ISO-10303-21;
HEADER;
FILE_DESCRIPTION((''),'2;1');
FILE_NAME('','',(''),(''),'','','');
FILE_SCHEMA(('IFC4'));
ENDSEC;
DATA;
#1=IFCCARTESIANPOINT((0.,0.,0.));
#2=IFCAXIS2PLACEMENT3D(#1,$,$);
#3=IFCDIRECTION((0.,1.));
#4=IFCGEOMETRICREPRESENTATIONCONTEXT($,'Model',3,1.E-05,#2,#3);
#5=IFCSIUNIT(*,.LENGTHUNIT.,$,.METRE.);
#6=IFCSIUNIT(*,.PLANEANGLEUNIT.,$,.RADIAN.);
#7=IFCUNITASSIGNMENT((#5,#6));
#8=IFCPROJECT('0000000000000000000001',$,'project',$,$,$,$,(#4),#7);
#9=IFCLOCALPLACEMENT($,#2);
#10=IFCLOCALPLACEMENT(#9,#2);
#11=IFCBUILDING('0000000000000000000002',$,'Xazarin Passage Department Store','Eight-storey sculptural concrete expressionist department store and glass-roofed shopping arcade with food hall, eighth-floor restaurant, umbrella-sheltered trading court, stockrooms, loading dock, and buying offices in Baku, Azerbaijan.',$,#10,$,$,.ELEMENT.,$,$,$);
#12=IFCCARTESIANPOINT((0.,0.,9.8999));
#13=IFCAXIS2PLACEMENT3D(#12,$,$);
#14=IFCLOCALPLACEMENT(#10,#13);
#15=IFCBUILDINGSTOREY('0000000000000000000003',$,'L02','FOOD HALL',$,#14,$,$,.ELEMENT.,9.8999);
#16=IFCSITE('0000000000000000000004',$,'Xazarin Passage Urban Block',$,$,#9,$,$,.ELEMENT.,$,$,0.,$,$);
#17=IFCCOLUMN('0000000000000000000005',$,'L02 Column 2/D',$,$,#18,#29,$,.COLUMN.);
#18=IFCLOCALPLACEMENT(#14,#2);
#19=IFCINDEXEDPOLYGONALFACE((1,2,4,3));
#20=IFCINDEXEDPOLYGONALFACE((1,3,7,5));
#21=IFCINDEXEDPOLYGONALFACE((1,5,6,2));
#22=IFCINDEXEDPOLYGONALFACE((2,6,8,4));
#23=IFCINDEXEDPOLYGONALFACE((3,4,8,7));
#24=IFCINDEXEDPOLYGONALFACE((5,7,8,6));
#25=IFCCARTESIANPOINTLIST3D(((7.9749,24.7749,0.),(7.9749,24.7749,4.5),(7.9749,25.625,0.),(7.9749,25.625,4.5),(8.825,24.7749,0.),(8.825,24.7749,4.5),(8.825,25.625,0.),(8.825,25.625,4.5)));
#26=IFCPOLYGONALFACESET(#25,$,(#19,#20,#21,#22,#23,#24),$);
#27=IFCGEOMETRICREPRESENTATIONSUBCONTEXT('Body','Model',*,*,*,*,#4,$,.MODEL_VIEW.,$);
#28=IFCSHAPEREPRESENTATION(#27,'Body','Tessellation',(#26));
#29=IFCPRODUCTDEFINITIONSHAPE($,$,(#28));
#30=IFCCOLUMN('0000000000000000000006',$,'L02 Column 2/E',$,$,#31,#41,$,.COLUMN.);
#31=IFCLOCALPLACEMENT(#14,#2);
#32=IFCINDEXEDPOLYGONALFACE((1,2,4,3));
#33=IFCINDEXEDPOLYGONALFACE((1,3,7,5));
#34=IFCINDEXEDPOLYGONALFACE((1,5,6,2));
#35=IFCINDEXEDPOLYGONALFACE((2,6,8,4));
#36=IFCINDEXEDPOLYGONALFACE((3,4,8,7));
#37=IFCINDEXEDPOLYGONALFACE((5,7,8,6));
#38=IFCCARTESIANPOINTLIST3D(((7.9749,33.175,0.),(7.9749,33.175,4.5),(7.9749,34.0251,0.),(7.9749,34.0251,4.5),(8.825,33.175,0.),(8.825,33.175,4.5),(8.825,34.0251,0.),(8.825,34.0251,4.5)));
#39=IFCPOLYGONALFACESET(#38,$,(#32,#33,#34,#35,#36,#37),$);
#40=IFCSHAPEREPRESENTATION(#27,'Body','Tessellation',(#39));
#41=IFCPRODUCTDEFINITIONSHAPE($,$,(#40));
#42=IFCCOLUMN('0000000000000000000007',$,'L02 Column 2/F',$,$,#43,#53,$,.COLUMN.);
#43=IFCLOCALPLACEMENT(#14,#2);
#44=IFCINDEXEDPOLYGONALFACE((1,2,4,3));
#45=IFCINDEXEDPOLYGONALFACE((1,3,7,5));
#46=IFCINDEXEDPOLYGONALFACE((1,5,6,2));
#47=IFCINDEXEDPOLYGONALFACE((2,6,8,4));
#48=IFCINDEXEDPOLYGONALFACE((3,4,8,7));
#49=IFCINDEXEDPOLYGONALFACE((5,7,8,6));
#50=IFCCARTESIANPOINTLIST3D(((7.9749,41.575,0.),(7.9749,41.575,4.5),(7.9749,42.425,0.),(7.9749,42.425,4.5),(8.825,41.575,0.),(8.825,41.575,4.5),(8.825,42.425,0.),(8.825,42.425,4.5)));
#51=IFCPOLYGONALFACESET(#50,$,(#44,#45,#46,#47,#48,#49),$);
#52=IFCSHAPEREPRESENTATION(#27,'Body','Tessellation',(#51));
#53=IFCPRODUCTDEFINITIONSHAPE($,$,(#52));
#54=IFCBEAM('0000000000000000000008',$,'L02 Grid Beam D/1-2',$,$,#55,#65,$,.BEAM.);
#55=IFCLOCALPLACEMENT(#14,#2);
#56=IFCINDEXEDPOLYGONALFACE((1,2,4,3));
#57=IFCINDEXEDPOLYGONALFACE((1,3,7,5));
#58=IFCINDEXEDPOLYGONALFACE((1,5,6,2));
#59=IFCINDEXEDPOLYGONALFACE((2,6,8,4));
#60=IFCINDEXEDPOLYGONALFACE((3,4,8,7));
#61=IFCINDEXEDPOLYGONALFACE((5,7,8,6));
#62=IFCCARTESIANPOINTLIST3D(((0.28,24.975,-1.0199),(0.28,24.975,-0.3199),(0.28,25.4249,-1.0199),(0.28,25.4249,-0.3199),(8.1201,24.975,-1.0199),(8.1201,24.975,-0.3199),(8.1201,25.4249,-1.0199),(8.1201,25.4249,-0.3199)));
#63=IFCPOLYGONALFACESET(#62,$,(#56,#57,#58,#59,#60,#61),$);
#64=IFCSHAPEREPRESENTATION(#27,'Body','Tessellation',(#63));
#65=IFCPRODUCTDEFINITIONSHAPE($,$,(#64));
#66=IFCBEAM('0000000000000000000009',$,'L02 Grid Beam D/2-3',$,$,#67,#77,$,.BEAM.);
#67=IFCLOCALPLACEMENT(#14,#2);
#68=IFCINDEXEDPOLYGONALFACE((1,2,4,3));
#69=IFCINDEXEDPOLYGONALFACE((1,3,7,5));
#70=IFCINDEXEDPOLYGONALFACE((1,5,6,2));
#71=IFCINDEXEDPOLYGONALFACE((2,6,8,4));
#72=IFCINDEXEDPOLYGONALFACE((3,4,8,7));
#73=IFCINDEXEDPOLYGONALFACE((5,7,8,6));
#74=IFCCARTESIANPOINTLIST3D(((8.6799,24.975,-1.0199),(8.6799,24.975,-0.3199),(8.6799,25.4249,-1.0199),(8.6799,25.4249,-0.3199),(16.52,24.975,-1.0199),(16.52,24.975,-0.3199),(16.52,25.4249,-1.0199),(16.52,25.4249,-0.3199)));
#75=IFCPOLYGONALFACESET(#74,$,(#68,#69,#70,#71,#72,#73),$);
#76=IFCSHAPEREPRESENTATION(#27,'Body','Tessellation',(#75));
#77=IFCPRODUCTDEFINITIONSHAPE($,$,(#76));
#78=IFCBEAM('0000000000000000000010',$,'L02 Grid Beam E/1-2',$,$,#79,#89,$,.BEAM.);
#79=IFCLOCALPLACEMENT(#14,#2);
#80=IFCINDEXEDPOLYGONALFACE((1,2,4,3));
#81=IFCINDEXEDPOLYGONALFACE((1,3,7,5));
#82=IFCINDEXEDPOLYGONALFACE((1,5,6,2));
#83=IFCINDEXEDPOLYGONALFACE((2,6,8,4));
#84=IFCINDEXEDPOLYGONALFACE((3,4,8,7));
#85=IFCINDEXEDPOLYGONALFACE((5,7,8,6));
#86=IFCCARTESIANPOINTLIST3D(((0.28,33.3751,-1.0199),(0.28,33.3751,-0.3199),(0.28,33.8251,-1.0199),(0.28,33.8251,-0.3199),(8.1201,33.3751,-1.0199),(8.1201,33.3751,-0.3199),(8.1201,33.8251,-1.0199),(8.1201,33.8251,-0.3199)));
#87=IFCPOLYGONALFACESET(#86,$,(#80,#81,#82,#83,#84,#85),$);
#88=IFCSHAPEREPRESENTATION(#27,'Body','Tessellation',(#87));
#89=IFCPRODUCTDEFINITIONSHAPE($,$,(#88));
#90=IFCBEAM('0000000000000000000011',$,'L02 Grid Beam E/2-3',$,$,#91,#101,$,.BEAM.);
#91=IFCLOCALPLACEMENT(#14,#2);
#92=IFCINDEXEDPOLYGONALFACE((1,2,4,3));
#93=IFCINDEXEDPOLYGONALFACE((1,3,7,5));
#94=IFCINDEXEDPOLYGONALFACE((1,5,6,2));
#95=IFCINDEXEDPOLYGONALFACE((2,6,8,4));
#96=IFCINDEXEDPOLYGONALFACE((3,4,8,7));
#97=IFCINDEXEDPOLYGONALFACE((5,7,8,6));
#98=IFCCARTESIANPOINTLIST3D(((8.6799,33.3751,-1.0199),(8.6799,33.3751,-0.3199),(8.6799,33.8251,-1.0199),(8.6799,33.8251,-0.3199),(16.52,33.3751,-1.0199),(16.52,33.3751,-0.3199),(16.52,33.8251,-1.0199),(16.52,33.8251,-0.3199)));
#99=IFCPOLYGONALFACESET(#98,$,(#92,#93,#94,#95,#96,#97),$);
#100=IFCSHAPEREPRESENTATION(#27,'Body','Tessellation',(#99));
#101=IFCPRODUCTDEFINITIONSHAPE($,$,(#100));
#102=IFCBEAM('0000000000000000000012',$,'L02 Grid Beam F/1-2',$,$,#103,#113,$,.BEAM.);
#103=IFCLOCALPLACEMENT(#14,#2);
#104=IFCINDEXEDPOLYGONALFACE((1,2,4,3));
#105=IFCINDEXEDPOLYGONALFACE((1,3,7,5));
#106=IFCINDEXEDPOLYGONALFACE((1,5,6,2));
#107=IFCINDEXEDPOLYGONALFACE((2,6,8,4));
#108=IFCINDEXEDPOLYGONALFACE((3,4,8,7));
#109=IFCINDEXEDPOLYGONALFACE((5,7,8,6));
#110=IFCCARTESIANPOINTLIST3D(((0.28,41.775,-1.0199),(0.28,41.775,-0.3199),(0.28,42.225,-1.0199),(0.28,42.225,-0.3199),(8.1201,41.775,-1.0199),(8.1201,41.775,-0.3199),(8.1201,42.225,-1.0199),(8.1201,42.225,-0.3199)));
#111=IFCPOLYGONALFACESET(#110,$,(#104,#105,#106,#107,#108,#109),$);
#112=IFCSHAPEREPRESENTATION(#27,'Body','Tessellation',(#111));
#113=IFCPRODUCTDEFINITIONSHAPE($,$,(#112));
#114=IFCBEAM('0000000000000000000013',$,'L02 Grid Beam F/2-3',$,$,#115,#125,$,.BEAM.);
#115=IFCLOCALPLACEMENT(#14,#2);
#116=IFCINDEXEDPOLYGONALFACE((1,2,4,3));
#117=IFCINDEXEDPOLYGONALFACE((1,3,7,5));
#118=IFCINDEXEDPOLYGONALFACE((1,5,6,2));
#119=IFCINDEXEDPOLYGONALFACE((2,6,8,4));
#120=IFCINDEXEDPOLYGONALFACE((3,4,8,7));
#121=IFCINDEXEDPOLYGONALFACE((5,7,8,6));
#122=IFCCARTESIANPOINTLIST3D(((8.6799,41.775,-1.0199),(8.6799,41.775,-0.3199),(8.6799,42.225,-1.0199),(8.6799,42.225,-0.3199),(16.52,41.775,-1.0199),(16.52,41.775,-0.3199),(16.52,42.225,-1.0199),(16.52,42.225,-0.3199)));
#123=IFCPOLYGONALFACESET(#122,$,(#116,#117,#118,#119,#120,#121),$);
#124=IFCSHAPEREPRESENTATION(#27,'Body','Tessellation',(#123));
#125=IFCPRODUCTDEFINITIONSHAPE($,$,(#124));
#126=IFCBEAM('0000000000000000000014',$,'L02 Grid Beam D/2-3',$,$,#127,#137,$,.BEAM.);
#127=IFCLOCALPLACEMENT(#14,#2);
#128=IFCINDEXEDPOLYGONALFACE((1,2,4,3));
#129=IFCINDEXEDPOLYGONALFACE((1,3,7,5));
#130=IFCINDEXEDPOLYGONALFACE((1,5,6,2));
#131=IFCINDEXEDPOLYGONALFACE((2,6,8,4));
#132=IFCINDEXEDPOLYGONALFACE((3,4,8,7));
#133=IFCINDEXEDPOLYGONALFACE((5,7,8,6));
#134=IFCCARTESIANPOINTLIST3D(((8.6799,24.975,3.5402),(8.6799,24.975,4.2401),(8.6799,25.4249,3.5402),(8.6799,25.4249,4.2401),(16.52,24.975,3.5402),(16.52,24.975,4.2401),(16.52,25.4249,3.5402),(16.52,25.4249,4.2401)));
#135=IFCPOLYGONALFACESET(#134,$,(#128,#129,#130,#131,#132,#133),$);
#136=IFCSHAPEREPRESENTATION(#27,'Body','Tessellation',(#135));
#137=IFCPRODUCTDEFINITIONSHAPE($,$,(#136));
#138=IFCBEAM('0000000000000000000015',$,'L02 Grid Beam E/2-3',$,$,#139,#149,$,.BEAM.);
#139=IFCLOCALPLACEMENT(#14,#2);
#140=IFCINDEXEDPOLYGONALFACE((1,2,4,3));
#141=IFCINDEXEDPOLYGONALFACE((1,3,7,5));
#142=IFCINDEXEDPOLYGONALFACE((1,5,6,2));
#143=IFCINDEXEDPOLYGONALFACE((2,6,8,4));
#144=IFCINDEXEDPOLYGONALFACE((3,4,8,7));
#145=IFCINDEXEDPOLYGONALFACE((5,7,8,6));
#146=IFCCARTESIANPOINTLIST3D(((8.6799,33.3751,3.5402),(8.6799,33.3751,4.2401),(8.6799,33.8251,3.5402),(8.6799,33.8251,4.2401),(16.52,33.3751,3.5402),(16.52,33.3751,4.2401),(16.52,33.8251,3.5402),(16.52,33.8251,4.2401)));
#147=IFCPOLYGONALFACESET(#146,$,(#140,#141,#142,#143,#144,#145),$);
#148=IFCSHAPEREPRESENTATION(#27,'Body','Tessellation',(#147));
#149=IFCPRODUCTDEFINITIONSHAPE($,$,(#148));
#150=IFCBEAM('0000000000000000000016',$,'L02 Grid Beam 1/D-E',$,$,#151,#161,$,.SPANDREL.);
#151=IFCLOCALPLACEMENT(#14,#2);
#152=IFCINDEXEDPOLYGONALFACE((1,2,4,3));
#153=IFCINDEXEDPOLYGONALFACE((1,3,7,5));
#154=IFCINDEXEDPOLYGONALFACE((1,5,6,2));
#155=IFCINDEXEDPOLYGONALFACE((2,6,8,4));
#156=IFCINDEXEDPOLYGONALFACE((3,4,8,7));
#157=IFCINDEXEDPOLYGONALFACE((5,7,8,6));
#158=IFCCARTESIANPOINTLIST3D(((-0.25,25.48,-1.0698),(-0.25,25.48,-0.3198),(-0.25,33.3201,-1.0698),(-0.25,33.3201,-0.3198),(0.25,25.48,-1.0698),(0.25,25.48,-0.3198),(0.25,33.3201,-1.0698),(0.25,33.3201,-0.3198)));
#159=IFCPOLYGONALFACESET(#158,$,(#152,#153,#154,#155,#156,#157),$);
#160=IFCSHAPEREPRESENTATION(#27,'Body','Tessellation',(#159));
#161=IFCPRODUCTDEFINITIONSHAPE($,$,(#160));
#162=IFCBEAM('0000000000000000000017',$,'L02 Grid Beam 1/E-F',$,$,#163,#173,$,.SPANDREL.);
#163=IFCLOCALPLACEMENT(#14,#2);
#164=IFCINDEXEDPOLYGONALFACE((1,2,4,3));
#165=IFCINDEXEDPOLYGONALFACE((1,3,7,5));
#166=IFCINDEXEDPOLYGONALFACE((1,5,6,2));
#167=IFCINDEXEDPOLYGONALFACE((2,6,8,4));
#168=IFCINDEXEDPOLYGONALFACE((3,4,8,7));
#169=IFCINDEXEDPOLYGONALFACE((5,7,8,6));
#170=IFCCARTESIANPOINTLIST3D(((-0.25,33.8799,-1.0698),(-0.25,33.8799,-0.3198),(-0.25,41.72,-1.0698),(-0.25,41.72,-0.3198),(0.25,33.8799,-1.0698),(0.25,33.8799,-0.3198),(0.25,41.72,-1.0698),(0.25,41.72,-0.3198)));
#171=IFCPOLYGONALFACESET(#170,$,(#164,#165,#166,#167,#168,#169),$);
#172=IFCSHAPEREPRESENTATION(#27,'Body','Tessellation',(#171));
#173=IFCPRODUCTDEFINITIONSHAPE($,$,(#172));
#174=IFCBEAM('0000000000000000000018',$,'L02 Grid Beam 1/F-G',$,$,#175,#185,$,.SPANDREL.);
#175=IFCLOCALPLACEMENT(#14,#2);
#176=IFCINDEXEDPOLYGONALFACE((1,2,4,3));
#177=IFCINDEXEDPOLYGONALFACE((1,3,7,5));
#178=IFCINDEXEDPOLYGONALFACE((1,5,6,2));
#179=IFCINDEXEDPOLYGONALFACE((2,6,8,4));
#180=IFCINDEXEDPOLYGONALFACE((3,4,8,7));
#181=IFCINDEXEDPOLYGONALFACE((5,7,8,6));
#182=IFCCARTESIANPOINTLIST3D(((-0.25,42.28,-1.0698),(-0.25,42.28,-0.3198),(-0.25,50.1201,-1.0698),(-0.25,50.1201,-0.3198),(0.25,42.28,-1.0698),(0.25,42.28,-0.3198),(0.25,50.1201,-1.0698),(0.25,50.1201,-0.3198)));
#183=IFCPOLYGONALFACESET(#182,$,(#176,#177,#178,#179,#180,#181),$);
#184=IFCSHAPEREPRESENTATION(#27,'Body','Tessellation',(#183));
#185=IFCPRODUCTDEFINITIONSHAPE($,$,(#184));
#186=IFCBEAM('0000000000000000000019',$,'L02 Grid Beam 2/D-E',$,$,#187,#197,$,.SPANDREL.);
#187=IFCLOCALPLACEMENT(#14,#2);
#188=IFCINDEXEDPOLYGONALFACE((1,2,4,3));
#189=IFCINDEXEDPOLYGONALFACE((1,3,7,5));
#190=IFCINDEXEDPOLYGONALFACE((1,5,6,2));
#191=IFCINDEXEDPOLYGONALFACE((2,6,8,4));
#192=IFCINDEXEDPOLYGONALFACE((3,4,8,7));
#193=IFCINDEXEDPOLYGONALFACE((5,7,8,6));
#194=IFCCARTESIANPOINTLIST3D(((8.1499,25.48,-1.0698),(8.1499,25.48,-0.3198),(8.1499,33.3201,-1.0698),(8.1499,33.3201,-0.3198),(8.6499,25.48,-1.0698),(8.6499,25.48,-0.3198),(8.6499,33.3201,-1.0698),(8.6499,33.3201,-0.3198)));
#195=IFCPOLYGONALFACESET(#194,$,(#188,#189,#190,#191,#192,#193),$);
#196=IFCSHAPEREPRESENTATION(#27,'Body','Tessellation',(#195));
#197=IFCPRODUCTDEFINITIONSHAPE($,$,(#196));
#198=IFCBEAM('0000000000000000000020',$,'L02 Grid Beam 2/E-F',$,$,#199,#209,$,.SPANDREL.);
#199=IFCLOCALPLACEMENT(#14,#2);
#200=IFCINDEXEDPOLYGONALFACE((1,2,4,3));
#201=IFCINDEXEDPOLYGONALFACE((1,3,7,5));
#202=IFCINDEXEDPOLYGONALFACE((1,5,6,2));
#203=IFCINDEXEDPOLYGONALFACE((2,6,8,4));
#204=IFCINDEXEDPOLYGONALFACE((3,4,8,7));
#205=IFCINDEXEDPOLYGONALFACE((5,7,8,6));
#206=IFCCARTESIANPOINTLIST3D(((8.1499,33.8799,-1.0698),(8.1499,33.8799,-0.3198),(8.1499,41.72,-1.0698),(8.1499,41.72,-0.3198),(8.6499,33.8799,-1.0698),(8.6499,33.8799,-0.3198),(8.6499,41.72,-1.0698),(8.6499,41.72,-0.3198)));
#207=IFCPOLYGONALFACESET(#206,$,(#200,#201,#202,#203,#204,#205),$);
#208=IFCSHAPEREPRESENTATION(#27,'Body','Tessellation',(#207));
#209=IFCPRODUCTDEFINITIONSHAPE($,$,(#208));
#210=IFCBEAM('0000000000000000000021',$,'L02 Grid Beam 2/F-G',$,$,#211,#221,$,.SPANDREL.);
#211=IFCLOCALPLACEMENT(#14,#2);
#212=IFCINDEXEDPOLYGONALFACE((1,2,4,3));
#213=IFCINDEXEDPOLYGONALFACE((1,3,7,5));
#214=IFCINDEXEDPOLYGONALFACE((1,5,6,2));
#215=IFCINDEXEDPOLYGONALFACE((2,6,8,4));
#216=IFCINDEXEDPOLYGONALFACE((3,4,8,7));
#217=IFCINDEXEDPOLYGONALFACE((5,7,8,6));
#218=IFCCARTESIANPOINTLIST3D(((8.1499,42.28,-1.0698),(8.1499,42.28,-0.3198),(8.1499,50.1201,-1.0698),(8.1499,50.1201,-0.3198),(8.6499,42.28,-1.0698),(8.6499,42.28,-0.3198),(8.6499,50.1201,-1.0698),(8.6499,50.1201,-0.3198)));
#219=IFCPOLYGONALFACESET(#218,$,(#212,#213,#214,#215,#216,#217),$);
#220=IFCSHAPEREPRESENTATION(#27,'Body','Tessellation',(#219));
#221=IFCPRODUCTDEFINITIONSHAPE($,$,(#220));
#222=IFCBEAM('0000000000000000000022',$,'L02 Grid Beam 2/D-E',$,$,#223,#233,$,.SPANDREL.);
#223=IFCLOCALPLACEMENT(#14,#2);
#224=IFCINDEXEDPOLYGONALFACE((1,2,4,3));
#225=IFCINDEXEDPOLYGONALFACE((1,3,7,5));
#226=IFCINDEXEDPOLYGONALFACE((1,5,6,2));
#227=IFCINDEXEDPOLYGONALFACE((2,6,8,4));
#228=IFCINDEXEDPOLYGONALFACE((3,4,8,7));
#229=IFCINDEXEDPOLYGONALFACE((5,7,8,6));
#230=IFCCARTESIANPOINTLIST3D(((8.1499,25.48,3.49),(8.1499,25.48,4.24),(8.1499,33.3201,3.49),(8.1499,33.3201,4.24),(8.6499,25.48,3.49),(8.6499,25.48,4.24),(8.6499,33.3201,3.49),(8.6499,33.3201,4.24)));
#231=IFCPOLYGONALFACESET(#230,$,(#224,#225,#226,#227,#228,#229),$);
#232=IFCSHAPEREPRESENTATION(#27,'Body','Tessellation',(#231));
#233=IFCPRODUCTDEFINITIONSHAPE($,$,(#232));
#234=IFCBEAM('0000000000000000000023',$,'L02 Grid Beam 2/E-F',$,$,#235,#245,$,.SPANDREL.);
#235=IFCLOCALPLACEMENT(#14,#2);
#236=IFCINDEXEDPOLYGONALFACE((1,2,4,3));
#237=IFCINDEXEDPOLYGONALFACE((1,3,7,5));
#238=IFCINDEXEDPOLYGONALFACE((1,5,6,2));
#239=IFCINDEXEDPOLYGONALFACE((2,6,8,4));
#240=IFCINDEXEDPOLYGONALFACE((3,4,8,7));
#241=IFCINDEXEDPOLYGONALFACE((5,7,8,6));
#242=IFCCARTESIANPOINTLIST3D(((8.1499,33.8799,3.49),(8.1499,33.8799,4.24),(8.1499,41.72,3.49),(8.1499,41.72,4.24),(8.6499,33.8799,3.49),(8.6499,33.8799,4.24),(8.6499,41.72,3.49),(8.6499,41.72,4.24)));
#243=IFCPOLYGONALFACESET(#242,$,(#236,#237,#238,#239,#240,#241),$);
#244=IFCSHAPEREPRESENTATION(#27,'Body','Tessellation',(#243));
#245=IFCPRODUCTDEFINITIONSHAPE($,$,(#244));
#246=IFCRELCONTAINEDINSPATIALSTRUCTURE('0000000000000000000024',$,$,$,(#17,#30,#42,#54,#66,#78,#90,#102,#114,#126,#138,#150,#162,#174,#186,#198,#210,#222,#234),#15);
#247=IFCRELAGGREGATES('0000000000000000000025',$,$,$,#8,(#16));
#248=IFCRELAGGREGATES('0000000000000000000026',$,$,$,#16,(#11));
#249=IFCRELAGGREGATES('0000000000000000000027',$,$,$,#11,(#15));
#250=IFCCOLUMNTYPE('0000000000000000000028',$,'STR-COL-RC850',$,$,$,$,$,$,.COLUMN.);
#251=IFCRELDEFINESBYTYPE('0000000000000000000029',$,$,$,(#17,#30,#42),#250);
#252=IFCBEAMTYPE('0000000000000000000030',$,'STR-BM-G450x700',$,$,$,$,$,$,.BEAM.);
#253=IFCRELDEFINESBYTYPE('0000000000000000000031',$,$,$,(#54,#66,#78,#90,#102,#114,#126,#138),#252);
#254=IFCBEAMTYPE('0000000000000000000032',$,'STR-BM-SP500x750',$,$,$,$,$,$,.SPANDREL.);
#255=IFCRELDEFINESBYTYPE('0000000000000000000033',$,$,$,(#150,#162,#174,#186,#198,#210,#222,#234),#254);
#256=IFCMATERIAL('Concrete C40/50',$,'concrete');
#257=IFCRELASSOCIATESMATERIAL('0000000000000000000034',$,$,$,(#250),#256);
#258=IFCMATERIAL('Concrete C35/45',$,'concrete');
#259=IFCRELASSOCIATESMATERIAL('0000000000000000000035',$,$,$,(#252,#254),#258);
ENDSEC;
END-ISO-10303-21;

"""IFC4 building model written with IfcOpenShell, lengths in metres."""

from ifc_helpers import new_model, si_unit, direction, frame, origin, origin_2d, place, context, subcontext, project, spatial, rectangle, extrude, material, material_profile, profile_set, type_object, element, save


model = new_model("IFC4")

# Units and contexts
model_context = context("Model", 3, precision=1e-05, world=origin(), true_north=direction((0.0, 1.0)))
body_context = subcontext(model_context, "Body", "Model", "MODEL_VIEW")
ifc_project = project(units=[si_unit("LENGTHUNIT", "METRE"), si_unit("PLANEANGLEUNIT", "RADIAN")], contexts=[model_context])

# Site, building, storey
site_placement = place(None, origin())
site = spatial("IfcSite", under=ifc_project, at=site_placement, Name="Xazarin Passage Urban Block", CompositionType="ELEMENT", RefElevation=0.0)
building_placement = place(site_placement, origin())
building = spatial("IfcBuilding", under=site, at=building_placement, Name="Xazarin Passage Department Store", Description="Eight-storey sculptural concrete expressionist department store and glass-roofed shopping arcade with food hall, eighth-floor restaurant, umbrella-sheltered trading court, stockrooms, loading dock, and buying offices in Baku, Azerbaijan.", CompositionType="ELEMENT")
storey_placement = place(building_placement, frame((0.0, 0.0, 9.8999)))
storey = spatial("IfcBuildingStorey", under=building, at=storey_placement, Name="L02", Description="FOOD HALL", CompositionType="ELEMENT", Elevation=9.8999)

# Columns
ifc_material_1 = material(Name="Concrete C40/50", Category="concrete")
ifc_material_profile_1 = material_profile(ifc_material_1, rectangle(XDim=0.8501, YDim=0.8501, at=origin_2d()), Name="RC 850x850")
ifc_profile_set_1 = profile_set([ifc_material_profile_1], Name="Concrete C40/50")
column_type = type_object("IfcColumnType", Name="STR-COL-RC850", PredefinedType="COLUMN", material=ifc_profile_set_1)
for number, where, z_axis, x_axis, name in (
    (1, (8.3999, 25.2, 0.0), (0.0, 0.0, 1.0), (1.0, 0.0, 0.0), "L02 Column 2/D"),
    (2, (8.3999, 33.6001, 0.0), (0.0, 0.0, 1.0), (1.0, 0.0, 0.0), "L02 Column 2/E"),
    (3, (8.3999, 42.0, 0.0), (0.0, 0.0, 1.0), (1.0, 0.0, 0.0), "L02 Column 2/F"),
):
    element("IfcColumn", number, at=place(storey_placement, frame(where, z_axis=z_axis, x_axis=x_axis)), inside=storey, type_object=column_type, Name=name, PredefinedType="COLUMN", context=body_context, shape_type="SweptSolid", body=[
        extrude(rectangle(XDim=0.8501, YDim=0.8501, at=origin_2d()), origin(), (0.0, 0.0, 1.0), 4.5),
    ])

# Beams
ifc_material_2 = material(Name="Concrete C35/45", Category="concrete")
ifc_material_profile_2 = material_profile(ifc_material_2, rectangle(XDim=0.45, YDim=0.7, at=origin_2d()), Name="RC 450x700")
ifc_profile_set_2 = profile_set([ifc_material_profile_2], Name="Concrete C35/45")
beam_type_1 = type_object("IfcBeamType", Name="STR-BM-G450x700", PredefinedType="BEAM", material=ifc_profile_set_2)
for number, where, z_axis, x_axis, name in (
    (4, (0.28, 25.2, -0.6699), (1.0, 0.0, 0.0), (0.0, 1.0, 0.0), "L02 Grid Beam D/1-2"),
    (5, (8.6799, 25.2, -0.6699), (1.0, 0.0, 0.0), (0.0, 1.0, 0.0), "L02 Grid Beam D/2-3"),
    (6, (0.28, 33.6001, -0.6699), (1.0, 0.0, 0.0), (0.0, 1.0, 0.0), "L02 Grid Beam E/1-2"),
    (7, (8.6799, 33.6001, -0.6699), (1.0, 0.0, 0.0), (0.0, 1.0, 0.0), "L02 Grid Beam E/2-3"),
    (8, (0.28, 42.0, -0.6699), (1.0, 0.0, 0.0), (0.0, 1.0, 0.0), "L02 Grid Beam F/1-2"),
    (9, (8.6799, 42.0, -0.6699), (1.0, 0.0, 0.0), (0.0, 1.0, 0.0), "L02 Grid Beam F/2-3"),
    (10, (8.6799, 25.2, 3.8901), (1.0, 0.0, 0.0), (0.0, 1.0, 0.0), "L02 Grid Beam D/2-3"),
    (11, (8.6799, 33.6001, 3.8901), (1.0, 0.0, 0.0), (0.0, 1.0, 0.0), "L02 Grid Beam E/2-3"),
):
    element("IfcBeam", number, at=place(storey_placement, frame(where, z_axis=z_axis, x_axis=x_axis)), inside=storey, type_object=beam_type_1, Name=name, PredefinedType="BEAM", context=body_context, shape_type="SweptSolid", body=[
        extrude(rectangle(XDim=0.45, YDim=0.7, at=origin_2d()), origin(), (0.0, 0.0, 1.0), 7.8401),
    ])
ifc_material_profile_3 = material_profile(ifc_material_2, rectangle(XDim=0.5, YDim=0.75, at=origin_2d()), Name="RC 500x750")
ifc_profile_set_3 = profile_set([ifc_material_profile_3], Name="Concrete C35/45")
beam_type_2 = type_object("IfcBeamType", Name="STR-BM-SP500x750", PredefinedType="SPANDREL", material=ifc_profile_set_3)
for number, where, z_axis, x_axis, name in (
    (12, (0.0, 25.48, -0.6948), (0.0, 1.0, 0.0), (-1.0, 0.0, 0.0), "L02 Grid Beam 1/D-E"),
    (13, (0.0, 33.8799, -0.6948), (0.0, 1.0, 0.0), (-1.0, 0.0, 0.0), "L02 Grid Beam 1/E-F"),
    (14, (0.0, 42.28, -0.6948), (0.0, 1.0, 0.0), (-1.0, 0.0, 0.0), "L02 Grid Beam 1/F-G"),
    (15, (8.3999, 25.48, -0.6948), (0.0, 1.0, 0.0), (-1.0, 0.0, 0.0), "L02 Grid Beam 2/D-E"),
    (16, (8.3999, 33.8799, -0.6948), (0.0, 1.0, 0.0), (-1.0, 0.0, 0.0), "L02 Grid Beam 2/E-F"),
    (17, (8.3999, 42.28, -0.6948), (0.0, 1.0, 0.0), (-1.0, 0.0, 0.0), "L02 Grid Beam 2/F-G"),
    (18, (8.3999, 25.48, 3.865), (0.0, 1.0, 0.0), (-1.0, 0.0, 0.0), "L02 Grid Beam 2/D-E"),
    (19, (8.3999, 33.8799, 3.865), (0.0, 1.0, 0.0), (-1.0, 0.0, 0.0), "L02 Grid Beam 2/E-F"),
):
    element("IfcBeam", number, at=place(storey_placement, frame(where, z_axis=z_axis, x_axis=x_axis)), inside=storey, type_object=beam_type_2, Name=name, PredefinedType="SPANDREL", context=body_context, shape_type="SweptSolid", body=[
        extrude(rectangle(XDim=0.5, YDim=0.75, at=origin_2d()), origin(), (0.0, 0.0, 1.0), 7.8401),
    ])

save(model, "model.ifc")
